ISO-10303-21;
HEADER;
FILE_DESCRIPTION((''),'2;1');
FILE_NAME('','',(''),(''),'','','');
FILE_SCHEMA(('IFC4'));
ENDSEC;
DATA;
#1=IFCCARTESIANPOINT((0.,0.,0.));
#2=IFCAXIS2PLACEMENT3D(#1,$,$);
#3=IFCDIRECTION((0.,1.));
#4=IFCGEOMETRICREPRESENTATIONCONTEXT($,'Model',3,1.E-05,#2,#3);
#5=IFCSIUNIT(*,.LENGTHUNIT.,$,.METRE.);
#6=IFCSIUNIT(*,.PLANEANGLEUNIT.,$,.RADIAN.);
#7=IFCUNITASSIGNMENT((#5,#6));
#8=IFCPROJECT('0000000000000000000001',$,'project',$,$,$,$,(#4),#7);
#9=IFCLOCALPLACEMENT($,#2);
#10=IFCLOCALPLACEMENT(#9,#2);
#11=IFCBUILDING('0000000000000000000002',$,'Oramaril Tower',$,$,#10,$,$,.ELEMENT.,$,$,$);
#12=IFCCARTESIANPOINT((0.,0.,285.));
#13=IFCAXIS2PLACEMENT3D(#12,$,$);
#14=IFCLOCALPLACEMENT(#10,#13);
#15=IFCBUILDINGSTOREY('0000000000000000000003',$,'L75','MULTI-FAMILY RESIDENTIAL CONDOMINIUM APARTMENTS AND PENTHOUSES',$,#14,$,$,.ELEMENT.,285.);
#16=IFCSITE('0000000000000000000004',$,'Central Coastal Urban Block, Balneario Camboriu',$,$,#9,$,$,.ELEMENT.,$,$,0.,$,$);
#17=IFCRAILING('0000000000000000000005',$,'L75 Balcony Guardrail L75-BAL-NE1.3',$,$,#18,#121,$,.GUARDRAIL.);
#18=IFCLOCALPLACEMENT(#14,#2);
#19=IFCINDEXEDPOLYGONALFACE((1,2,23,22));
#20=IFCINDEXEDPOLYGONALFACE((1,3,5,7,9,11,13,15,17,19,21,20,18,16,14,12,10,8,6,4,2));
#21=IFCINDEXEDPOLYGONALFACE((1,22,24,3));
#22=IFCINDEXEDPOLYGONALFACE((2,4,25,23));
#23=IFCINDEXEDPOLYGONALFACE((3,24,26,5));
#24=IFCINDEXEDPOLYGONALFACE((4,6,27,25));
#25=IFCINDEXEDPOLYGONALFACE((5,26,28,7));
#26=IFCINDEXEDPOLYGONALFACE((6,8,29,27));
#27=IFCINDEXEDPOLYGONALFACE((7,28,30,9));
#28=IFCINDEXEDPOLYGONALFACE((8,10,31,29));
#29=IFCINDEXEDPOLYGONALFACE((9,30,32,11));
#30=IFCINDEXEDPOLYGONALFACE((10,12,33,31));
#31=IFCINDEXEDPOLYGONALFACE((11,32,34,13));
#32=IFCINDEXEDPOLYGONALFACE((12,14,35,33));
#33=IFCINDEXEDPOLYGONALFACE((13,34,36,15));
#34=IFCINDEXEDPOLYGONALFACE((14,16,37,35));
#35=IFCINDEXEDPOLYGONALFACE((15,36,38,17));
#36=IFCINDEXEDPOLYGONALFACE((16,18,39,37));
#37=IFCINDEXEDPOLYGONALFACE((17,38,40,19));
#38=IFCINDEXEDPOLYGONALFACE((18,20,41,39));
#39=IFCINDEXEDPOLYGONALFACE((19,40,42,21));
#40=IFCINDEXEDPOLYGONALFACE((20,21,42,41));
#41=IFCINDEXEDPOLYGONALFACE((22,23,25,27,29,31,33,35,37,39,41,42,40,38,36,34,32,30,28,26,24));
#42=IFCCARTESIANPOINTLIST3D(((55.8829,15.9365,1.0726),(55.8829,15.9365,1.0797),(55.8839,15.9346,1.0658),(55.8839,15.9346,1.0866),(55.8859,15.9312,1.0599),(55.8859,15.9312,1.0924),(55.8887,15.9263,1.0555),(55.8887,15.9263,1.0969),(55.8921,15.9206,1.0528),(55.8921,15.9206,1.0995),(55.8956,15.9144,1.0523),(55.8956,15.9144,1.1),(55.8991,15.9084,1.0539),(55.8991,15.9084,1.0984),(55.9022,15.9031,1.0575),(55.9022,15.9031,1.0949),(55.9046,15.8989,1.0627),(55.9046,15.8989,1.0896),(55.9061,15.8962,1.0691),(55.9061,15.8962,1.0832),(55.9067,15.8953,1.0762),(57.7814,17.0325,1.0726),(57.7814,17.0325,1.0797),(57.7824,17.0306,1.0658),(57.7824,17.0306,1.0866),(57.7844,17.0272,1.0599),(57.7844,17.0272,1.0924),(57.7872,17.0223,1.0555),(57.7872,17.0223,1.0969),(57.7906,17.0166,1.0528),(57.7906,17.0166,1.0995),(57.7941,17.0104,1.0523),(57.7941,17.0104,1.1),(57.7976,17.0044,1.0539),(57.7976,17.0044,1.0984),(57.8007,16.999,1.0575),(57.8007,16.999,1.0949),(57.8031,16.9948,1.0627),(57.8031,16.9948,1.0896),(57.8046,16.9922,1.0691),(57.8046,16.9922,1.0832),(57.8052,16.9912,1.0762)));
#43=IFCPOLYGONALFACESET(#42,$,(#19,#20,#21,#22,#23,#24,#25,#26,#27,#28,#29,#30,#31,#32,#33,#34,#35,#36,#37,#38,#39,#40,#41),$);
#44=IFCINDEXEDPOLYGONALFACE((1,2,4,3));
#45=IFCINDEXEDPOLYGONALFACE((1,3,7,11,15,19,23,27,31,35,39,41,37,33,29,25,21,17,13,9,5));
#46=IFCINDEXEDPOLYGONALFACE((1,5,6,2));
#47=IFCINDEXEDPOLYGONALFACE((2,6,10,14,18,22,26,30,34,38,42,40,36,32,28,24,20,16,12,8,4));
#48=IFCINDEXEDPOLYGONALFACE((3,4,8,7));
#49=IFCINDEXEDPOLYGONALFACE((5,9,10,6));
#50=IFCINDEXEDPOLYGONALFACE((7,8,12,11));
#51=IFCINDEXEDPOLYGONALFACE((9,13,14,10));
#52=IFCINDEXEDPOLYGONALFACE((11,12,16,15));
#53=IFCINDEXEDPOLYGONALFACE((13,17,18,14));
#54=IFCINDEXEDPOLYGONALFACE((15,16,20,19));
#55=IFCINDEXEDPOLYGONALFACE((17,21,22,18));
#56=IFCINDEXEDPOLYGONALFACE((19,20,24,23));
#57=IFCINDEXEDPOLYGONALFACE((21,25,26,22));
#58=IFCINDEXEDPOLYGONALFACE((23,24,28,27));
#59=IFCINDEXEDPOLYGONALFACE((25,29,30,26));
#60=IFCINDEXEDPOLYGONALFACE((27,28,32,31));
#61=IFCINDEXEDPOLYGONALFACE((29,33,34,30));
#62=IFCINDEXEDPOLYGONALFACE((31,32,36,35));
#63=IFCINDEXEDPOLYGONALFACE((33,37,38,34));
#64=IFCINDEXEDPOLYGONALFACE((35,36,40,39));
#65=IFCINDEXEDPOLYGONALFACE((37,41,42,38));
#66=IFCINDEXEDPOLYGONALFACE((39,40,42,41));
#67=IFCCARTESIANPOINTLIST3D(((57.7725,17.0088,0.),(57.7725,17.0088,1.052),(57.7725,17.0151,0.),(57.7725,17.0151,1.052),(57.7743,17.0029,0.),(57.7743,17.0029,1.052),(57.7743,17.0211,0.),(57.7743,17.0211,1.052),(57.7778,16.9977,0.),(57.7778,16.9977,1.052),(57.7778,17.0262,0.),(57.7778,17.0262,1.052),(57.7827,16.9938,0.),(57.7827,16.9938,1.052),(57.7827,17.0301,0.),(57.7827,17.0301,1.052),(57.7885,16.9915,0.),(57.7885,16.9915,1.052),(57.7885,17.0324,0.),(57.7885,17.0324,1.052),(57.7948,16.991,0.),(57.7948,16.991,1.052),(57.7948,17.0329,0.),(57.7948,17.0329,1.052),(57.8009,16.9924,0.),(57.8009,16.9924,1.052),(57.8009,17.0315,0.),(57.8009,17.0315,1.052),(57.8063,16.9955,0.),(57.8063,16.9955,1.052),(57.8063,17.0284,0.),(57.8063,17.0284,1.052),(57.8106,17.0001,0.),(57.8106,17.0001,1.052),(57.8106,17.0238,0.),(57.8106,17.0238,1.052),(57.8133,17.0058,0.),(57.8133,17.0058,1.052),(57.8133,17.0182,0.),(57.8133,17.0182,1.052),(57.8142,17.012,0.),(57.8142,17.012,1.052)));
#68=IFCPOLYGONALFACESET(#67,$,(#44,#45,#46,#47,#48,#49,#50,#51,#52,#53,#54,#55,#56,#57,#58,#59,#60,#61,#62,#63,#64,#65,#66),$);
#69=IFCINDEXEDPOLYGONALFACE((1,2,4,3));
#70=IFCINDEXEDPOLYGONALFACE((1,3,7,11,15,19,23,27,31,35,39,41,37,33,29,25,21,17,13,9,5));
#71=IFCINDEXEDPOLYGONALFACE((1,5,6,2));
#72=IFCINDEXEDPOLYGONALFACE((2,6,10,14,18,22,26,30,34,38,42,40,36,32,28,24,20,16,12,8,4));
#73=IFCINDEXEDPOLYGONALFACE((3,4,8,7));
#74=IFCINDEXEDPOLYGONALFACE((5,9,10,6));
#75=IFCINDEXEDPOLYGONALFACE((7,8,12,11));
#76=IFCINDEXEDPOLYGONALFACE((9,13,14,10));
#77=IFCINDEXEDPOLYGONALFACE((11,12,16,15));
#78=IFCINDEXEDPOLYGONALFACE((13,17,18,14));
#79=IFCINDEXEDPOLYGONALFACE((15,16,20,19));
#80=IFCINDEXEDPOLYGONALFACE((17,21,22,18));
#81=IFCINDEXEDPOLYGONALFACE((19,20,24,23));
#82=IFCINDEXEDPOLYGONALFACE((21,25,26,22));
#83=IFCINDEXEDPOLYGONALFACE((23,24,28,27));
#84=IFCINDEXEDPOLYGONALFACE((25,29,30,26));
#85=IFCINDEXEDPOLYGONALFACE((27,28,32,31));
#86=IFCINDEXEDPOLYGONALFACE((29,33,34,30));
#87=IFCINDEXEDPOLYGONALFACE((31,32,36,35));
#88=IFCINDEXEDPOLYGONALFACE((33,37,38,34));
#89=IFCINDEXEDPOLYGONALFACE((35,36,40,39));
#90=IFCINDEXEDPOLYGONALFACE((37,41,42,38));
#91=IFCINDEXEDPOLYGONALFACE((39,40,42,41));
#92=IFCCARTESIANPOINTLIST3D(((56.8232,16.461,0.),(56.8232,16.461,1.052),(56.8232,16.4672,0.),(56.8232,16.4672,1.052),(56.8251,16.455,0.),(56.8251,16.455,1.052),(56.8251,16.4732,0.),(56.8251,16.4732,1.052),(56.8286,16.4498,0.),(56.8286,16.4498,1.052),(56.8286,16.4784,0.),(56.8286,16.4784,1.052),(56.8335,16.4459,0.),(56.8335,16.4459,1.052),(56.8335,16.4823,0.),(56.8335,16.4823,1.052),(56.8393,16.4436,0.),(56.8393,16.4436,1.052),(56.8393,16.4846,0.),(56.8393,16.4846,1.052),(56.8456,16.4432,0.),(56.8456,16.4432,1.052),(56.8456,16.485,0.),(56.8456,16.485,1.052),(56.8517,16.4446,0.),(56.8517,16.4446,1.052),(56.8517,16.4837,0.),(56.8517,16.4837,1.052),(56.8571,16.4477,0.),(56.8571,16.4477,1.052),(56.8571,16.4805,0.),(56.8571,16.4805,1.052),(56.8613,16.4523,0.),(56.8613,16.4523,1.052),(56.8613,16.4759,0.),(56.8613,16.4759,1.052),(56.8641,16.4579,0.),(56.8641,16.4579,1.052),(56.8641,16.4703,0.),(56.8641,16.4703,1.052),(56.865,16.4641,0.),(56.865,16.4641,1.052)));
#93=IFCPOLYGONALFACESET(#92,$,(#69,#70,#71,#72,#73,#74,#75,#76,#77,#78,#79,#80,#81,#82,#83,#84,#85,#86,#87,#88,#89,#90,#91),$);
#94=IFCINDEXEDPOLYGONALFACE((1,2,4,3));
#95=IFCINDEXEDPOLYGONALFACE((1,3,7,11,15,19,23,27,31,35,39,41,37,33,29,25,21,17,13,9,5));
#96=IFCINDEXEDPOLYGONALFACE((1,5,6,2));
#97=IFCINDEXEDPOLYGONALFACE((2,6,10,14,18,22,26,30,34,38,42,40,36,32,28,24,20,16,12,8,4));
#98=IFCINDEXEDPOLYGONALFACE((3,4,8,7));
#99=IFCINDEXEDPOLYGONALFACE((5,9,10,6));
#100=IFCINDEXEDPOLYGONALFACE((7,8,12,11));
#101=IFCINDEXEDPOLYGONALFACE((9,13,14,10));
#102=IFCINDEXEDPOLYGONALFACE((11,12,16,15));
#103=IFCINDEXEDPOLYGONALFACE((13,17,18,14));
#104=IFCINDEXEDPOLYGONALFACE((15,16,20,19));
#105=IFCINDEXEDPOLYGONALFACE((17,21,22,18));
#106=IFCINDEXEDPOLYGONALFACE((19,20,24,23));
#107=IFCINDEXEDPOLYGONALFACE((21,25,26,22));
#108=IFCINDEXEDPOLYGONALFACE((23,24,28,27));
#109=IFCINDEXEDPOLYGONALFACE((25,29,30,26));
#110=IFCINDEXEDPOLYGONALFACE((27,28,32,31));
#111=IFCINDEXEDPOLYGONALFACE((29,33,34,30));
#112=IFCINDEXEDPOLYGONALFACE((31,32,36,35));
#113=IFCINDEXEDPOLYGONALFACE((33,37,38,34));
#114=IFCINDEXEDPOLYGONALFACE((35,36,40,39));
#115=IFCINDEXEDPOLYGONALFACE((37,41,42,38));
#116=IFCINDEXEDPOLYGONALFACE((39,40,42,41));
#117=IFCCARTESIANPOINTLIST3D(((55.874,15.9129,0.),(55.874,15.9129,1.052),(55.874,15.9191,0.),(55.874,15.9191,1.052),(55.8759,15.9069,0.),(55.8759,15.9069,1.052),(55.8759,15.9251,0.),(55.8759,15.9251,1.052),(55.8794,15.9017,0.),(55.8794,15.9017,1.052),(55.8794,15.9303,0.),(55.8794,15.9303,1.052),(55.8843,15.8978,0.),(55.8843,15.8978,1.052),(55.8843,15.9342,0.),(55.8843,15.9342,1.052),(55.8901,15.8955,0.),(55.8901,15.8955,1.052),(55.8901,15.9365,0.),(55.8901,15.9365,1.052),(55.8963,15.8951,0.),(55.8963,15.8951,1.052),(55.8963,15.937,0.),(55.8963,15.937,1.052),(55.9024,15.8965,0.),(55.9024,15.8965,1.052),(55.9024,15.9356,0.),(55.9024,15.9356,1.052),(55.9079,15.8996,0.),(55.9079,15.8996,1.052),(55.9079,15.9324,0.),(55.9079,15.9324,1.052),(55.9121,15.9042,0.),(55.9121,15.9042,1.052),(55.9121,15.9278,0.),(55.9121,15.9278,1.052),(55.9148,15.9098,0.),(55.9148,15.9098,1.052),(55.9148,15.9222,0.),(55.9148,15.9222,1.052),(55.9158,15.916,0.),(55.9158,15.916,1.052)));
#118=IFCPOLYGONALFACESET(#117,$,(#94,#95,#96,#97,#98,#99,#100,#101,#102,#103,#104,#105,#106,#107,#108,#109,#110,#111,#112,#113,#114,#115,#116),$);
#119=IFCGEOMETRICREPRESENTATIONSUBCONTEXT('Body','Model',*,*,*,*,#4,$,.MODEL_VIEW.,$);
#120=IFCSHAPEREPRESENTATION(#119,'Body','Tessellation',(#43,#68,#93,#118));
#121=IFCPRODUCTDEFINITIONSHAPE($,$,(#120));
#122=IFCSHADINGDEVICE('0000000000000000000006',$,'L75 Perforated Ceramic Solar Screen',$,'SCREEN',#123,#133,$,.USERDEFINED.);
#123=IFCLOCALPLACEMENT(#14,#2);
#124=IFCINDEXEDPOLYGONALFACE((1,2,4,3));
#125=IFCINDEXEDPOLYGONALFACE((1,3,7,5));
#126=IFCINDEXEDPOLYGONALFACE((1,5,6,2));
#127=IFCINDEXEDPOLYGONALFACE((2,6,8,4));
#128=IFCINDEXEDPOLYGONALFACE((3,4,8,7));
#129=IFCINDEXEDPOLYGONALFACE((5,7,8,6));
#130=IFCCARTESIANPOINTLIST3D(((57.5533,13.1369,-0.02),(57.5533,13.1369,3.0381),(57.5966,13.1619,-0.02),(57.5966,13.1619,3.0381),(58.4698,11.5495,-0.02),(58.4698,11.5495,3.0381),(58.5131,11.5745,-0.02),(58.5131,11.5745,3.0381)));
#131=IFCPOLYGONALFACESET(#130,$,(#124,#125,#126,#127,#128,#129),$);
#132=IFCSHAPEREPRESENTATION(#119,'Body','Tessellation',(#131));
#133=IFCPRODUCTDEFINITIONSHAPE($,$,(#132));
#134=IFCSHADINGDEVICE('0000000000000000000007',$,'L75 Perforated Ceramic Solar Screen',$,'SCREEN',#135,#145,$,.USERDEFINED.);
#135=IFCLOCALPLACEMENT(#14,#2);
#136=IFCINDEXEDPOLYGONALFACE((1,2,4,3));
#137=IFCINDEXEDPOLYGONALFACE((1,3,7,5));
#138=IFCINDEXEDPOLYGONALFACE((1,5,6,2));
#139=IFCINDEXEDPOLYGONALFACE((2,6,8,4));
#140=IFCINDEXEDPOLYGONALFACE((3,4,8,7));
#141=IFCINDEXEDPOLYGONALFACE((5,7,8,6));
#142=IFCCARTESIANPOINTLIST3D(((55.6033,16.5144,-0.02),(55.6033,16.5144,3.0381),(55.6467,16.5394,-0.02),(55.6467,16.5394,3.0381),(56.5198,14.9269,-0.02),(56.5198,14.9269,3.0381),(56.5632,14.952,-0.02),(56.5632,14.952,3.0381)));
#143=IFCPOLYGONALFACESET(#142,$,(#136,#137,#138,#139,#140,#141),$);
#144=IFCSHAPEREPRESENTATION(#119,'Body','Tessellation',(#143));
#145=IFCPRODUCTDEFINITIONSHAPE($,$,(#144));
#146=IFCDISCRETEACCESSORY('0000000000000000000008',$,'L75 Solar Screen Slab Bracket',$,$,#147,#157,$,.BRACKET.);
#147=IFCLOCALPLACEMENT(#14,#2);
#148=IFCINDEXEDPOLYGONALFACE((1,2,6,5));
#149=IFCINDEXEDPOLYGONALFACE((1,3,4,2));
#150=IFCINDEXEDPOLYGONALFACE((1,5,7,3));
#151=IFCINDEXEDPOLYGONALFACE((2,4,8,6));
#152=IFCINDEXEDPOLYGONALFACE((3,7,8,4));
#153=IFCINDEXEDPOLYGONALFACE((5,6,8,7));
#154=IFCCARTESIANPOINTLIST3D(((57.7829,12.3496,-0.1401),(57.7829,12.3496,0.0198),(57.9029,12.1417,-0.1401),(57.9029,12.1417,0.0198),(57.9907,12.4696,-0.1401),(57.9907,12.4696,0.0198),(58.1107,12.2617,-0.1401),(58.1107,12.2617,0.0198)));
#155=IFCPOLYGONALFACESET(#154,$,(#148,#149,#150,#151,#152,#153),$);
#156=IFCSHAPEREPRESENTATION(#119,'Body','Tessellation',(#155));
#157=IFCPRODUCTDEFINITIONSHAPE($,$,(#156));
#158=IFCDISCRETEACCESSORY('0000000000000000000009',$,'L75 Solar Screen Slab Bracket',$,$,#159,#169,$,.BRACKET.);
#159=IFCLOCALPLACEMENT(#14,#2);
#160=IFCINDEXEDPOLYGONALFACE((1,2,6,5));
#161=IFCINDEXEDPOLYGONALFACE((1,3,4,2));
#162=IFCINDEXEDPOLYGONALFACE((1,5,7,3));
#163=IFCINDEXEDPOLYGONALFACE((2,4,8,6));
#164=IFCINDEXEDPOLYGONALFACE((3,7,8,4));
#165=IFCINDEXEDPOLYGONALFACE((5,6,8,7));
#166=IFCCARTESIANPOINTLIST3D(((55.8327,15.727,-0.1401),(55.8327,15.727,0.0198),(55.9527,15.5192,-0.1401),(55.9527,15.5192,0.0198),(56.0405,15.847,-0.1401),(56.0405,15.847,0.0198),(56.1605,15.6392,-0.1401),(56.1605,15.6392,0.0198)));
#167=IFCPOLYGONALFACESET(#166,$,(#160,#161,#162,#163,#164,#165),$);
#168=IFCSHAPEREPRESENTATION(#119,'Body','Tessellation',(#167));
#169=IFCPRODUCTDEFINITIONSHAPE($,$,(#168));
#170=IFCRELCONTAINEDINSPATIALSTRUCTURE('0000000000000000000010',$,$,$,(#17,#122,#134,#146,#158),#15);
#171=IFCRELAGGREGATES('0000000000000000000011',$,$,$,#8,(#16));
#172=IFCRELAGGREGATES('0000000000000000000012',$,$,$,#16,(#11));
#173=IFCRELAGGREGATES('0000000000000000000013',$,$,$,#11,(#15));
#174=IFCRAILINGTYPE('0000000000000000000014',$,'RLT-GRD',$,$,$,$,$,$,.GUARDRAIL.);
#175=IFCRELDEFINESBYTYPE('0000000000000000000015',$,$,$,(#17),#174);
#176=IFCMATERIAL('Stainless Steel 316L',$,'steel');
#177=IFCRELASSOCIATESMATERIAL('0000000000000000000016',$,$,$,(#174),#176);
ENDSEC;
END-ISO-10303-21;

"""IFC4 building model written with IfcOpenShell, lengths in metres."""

from ifc_helpers import new_model, si_unit, direction, frame, origin, origin_2d, place, context, subcontext, project, spatial, rectangle, circle, extrude, material, type_object, element, save


model = new_model("IFC4")

# Units and contexts
model_context = context("Model", 3, precision=1e-05, world=origin(), true_north=direction((0.0, 1.0)))
body_context = subcontext(model_context, "Body", "Model", "MODEL_VIEW")
ifc_project = project(units=[si_unit("LENGTHUNIT", "METRE"), si_unit("PLANEANGLEUNIT", "RADIAN")], contexts=[model_context])

# Site, building, storey
site_placement = place(None, origin())
site = spatial("IfcSite", under=ifc_project, at=site_placement, Name="Central Coastal Urban Block, Balneario Camboriu", CompositionType="ELEMENT", RefElevation=0.0)
building_placement = place(site_placement, origin())
building = spatial("IfcBuilding", under=site, at=building_placement, Name="Oramaril Tower", CompositionType="ELEMENT")
storey_placement = place(building_placement, frame((0.0, 0.0, 285.0)))
storey = spatial("IfcBuildingStorey", under=building, at=storey_placement, Name="L75", Description="MULTI-FAMILY RESIDENTIAL CONDOMINIUM APARTMENTS AND PENTHOUSES", CompositionType="ELEMENT", Elevation=285.0)

# Railing
ifc_material_1 = material(Name="Stainless Steel 316L", Category="steel")
railing_type = type_object("IfcRailingType", Name="RLT-GRD", PredefinedType="GUARDRAIL", material=ifc_material_1)
railing_placement = place(storey_placement, frame((57.7932, 17.012, 0.0)))
element("IfcRailing", 1, at=railing_placement, inside=storey, type_object=railing_type, Name="L75 Balcony Guardrail L75-BAL-NE1.3", PredefinedType="GUARDRAIL", context=body_context, shape_type="SweptSolid", body=[
    extrude(circle(Radius=0.0239, at=origin_2d()), frame((0.0, 0.0, 1.0762), z_axis=(-0.866048, -0.49996, 0.0), x_axis=(0.49996, -0.866048, 0.0)), (0.0, 0.0, 1.0), 2.1921),
    extrude(circle(Radius=0.021, at=origin_2d()), origin(), (0.0, 0.0, 1.0), 1.052),
    extrude(circle(Radius=0.021, at=origin_2d()), frame((-0.9492, -0.5479, 0.0)), (0.0, 0.0, 1.0), 1.052),
    extrude(circle(Radius=0.021, at=origin_2d()), frame((-1.8984, -1.0959, 0.0)), (0.0, 0.0, 1.0), 1.052),
])

# Shading devices
for number, where, z_axis, x_axis, name in (
    (2, (58.0332, 12.3557, -0.02), (0.0, 0.0, 1.0), (-0.5, 0.866025, 0.0), "L75 Perforated Ceramic Solar Screen"),
    (3, (56.0833, 15.7332, -0.02), (0.0, 0.0, 1.0), (-0.5, 0.866025, 0.0), "L75 Perforated Ceramic Solar Screen"),
):
    element("IfcShadingDevice", number, at=place(storey_placement, frame(where, z_axis=z_axis, x_axis=x_axis)), inside=storey, Name=name, ObjectType="SCREEN", PredefinedType="USERDEFINED", context=body_context, shape_type="SweptSolid", body=[
        extrude(rectangle(XDim=1.833, YDim=0.05, at=origin_2d()), origin(), (0.0, 0.0, 1.0), 3.0581),
    ])

# Discrete accessories
for number, where, z_axis, x_axis, name in (
    (4, (57.9468, 12.3057, -0.1401), (0.0, 0.0, 1.0), (-0.5, 0.866025, 0.0), "L75 Solar Screen Slab Bracket"),
    (5, (55.9966, 15.6831, -0.1401), (0.0, 0.0, 1.0), (-0.5, 0.866025, 0.0), "L75 Solar Screen Slab Bracket"),
):
    element("IfcDiscreteAccessory", number, at=place(storey_placement, frame(where, z_axis=z_axis, x_axis=x_axis)), inside=storey, Name=name, PredefinedType="BRACKET", context=body_context, shape_type="SweptSolid", body=[
        extrude(rectangle(XDim=0.24, YDim=0.24, at=origin_2d()), origin(), (0.0, 0.0, 1.0), 0.1599),
    ])

save(model, "model.ifc")
